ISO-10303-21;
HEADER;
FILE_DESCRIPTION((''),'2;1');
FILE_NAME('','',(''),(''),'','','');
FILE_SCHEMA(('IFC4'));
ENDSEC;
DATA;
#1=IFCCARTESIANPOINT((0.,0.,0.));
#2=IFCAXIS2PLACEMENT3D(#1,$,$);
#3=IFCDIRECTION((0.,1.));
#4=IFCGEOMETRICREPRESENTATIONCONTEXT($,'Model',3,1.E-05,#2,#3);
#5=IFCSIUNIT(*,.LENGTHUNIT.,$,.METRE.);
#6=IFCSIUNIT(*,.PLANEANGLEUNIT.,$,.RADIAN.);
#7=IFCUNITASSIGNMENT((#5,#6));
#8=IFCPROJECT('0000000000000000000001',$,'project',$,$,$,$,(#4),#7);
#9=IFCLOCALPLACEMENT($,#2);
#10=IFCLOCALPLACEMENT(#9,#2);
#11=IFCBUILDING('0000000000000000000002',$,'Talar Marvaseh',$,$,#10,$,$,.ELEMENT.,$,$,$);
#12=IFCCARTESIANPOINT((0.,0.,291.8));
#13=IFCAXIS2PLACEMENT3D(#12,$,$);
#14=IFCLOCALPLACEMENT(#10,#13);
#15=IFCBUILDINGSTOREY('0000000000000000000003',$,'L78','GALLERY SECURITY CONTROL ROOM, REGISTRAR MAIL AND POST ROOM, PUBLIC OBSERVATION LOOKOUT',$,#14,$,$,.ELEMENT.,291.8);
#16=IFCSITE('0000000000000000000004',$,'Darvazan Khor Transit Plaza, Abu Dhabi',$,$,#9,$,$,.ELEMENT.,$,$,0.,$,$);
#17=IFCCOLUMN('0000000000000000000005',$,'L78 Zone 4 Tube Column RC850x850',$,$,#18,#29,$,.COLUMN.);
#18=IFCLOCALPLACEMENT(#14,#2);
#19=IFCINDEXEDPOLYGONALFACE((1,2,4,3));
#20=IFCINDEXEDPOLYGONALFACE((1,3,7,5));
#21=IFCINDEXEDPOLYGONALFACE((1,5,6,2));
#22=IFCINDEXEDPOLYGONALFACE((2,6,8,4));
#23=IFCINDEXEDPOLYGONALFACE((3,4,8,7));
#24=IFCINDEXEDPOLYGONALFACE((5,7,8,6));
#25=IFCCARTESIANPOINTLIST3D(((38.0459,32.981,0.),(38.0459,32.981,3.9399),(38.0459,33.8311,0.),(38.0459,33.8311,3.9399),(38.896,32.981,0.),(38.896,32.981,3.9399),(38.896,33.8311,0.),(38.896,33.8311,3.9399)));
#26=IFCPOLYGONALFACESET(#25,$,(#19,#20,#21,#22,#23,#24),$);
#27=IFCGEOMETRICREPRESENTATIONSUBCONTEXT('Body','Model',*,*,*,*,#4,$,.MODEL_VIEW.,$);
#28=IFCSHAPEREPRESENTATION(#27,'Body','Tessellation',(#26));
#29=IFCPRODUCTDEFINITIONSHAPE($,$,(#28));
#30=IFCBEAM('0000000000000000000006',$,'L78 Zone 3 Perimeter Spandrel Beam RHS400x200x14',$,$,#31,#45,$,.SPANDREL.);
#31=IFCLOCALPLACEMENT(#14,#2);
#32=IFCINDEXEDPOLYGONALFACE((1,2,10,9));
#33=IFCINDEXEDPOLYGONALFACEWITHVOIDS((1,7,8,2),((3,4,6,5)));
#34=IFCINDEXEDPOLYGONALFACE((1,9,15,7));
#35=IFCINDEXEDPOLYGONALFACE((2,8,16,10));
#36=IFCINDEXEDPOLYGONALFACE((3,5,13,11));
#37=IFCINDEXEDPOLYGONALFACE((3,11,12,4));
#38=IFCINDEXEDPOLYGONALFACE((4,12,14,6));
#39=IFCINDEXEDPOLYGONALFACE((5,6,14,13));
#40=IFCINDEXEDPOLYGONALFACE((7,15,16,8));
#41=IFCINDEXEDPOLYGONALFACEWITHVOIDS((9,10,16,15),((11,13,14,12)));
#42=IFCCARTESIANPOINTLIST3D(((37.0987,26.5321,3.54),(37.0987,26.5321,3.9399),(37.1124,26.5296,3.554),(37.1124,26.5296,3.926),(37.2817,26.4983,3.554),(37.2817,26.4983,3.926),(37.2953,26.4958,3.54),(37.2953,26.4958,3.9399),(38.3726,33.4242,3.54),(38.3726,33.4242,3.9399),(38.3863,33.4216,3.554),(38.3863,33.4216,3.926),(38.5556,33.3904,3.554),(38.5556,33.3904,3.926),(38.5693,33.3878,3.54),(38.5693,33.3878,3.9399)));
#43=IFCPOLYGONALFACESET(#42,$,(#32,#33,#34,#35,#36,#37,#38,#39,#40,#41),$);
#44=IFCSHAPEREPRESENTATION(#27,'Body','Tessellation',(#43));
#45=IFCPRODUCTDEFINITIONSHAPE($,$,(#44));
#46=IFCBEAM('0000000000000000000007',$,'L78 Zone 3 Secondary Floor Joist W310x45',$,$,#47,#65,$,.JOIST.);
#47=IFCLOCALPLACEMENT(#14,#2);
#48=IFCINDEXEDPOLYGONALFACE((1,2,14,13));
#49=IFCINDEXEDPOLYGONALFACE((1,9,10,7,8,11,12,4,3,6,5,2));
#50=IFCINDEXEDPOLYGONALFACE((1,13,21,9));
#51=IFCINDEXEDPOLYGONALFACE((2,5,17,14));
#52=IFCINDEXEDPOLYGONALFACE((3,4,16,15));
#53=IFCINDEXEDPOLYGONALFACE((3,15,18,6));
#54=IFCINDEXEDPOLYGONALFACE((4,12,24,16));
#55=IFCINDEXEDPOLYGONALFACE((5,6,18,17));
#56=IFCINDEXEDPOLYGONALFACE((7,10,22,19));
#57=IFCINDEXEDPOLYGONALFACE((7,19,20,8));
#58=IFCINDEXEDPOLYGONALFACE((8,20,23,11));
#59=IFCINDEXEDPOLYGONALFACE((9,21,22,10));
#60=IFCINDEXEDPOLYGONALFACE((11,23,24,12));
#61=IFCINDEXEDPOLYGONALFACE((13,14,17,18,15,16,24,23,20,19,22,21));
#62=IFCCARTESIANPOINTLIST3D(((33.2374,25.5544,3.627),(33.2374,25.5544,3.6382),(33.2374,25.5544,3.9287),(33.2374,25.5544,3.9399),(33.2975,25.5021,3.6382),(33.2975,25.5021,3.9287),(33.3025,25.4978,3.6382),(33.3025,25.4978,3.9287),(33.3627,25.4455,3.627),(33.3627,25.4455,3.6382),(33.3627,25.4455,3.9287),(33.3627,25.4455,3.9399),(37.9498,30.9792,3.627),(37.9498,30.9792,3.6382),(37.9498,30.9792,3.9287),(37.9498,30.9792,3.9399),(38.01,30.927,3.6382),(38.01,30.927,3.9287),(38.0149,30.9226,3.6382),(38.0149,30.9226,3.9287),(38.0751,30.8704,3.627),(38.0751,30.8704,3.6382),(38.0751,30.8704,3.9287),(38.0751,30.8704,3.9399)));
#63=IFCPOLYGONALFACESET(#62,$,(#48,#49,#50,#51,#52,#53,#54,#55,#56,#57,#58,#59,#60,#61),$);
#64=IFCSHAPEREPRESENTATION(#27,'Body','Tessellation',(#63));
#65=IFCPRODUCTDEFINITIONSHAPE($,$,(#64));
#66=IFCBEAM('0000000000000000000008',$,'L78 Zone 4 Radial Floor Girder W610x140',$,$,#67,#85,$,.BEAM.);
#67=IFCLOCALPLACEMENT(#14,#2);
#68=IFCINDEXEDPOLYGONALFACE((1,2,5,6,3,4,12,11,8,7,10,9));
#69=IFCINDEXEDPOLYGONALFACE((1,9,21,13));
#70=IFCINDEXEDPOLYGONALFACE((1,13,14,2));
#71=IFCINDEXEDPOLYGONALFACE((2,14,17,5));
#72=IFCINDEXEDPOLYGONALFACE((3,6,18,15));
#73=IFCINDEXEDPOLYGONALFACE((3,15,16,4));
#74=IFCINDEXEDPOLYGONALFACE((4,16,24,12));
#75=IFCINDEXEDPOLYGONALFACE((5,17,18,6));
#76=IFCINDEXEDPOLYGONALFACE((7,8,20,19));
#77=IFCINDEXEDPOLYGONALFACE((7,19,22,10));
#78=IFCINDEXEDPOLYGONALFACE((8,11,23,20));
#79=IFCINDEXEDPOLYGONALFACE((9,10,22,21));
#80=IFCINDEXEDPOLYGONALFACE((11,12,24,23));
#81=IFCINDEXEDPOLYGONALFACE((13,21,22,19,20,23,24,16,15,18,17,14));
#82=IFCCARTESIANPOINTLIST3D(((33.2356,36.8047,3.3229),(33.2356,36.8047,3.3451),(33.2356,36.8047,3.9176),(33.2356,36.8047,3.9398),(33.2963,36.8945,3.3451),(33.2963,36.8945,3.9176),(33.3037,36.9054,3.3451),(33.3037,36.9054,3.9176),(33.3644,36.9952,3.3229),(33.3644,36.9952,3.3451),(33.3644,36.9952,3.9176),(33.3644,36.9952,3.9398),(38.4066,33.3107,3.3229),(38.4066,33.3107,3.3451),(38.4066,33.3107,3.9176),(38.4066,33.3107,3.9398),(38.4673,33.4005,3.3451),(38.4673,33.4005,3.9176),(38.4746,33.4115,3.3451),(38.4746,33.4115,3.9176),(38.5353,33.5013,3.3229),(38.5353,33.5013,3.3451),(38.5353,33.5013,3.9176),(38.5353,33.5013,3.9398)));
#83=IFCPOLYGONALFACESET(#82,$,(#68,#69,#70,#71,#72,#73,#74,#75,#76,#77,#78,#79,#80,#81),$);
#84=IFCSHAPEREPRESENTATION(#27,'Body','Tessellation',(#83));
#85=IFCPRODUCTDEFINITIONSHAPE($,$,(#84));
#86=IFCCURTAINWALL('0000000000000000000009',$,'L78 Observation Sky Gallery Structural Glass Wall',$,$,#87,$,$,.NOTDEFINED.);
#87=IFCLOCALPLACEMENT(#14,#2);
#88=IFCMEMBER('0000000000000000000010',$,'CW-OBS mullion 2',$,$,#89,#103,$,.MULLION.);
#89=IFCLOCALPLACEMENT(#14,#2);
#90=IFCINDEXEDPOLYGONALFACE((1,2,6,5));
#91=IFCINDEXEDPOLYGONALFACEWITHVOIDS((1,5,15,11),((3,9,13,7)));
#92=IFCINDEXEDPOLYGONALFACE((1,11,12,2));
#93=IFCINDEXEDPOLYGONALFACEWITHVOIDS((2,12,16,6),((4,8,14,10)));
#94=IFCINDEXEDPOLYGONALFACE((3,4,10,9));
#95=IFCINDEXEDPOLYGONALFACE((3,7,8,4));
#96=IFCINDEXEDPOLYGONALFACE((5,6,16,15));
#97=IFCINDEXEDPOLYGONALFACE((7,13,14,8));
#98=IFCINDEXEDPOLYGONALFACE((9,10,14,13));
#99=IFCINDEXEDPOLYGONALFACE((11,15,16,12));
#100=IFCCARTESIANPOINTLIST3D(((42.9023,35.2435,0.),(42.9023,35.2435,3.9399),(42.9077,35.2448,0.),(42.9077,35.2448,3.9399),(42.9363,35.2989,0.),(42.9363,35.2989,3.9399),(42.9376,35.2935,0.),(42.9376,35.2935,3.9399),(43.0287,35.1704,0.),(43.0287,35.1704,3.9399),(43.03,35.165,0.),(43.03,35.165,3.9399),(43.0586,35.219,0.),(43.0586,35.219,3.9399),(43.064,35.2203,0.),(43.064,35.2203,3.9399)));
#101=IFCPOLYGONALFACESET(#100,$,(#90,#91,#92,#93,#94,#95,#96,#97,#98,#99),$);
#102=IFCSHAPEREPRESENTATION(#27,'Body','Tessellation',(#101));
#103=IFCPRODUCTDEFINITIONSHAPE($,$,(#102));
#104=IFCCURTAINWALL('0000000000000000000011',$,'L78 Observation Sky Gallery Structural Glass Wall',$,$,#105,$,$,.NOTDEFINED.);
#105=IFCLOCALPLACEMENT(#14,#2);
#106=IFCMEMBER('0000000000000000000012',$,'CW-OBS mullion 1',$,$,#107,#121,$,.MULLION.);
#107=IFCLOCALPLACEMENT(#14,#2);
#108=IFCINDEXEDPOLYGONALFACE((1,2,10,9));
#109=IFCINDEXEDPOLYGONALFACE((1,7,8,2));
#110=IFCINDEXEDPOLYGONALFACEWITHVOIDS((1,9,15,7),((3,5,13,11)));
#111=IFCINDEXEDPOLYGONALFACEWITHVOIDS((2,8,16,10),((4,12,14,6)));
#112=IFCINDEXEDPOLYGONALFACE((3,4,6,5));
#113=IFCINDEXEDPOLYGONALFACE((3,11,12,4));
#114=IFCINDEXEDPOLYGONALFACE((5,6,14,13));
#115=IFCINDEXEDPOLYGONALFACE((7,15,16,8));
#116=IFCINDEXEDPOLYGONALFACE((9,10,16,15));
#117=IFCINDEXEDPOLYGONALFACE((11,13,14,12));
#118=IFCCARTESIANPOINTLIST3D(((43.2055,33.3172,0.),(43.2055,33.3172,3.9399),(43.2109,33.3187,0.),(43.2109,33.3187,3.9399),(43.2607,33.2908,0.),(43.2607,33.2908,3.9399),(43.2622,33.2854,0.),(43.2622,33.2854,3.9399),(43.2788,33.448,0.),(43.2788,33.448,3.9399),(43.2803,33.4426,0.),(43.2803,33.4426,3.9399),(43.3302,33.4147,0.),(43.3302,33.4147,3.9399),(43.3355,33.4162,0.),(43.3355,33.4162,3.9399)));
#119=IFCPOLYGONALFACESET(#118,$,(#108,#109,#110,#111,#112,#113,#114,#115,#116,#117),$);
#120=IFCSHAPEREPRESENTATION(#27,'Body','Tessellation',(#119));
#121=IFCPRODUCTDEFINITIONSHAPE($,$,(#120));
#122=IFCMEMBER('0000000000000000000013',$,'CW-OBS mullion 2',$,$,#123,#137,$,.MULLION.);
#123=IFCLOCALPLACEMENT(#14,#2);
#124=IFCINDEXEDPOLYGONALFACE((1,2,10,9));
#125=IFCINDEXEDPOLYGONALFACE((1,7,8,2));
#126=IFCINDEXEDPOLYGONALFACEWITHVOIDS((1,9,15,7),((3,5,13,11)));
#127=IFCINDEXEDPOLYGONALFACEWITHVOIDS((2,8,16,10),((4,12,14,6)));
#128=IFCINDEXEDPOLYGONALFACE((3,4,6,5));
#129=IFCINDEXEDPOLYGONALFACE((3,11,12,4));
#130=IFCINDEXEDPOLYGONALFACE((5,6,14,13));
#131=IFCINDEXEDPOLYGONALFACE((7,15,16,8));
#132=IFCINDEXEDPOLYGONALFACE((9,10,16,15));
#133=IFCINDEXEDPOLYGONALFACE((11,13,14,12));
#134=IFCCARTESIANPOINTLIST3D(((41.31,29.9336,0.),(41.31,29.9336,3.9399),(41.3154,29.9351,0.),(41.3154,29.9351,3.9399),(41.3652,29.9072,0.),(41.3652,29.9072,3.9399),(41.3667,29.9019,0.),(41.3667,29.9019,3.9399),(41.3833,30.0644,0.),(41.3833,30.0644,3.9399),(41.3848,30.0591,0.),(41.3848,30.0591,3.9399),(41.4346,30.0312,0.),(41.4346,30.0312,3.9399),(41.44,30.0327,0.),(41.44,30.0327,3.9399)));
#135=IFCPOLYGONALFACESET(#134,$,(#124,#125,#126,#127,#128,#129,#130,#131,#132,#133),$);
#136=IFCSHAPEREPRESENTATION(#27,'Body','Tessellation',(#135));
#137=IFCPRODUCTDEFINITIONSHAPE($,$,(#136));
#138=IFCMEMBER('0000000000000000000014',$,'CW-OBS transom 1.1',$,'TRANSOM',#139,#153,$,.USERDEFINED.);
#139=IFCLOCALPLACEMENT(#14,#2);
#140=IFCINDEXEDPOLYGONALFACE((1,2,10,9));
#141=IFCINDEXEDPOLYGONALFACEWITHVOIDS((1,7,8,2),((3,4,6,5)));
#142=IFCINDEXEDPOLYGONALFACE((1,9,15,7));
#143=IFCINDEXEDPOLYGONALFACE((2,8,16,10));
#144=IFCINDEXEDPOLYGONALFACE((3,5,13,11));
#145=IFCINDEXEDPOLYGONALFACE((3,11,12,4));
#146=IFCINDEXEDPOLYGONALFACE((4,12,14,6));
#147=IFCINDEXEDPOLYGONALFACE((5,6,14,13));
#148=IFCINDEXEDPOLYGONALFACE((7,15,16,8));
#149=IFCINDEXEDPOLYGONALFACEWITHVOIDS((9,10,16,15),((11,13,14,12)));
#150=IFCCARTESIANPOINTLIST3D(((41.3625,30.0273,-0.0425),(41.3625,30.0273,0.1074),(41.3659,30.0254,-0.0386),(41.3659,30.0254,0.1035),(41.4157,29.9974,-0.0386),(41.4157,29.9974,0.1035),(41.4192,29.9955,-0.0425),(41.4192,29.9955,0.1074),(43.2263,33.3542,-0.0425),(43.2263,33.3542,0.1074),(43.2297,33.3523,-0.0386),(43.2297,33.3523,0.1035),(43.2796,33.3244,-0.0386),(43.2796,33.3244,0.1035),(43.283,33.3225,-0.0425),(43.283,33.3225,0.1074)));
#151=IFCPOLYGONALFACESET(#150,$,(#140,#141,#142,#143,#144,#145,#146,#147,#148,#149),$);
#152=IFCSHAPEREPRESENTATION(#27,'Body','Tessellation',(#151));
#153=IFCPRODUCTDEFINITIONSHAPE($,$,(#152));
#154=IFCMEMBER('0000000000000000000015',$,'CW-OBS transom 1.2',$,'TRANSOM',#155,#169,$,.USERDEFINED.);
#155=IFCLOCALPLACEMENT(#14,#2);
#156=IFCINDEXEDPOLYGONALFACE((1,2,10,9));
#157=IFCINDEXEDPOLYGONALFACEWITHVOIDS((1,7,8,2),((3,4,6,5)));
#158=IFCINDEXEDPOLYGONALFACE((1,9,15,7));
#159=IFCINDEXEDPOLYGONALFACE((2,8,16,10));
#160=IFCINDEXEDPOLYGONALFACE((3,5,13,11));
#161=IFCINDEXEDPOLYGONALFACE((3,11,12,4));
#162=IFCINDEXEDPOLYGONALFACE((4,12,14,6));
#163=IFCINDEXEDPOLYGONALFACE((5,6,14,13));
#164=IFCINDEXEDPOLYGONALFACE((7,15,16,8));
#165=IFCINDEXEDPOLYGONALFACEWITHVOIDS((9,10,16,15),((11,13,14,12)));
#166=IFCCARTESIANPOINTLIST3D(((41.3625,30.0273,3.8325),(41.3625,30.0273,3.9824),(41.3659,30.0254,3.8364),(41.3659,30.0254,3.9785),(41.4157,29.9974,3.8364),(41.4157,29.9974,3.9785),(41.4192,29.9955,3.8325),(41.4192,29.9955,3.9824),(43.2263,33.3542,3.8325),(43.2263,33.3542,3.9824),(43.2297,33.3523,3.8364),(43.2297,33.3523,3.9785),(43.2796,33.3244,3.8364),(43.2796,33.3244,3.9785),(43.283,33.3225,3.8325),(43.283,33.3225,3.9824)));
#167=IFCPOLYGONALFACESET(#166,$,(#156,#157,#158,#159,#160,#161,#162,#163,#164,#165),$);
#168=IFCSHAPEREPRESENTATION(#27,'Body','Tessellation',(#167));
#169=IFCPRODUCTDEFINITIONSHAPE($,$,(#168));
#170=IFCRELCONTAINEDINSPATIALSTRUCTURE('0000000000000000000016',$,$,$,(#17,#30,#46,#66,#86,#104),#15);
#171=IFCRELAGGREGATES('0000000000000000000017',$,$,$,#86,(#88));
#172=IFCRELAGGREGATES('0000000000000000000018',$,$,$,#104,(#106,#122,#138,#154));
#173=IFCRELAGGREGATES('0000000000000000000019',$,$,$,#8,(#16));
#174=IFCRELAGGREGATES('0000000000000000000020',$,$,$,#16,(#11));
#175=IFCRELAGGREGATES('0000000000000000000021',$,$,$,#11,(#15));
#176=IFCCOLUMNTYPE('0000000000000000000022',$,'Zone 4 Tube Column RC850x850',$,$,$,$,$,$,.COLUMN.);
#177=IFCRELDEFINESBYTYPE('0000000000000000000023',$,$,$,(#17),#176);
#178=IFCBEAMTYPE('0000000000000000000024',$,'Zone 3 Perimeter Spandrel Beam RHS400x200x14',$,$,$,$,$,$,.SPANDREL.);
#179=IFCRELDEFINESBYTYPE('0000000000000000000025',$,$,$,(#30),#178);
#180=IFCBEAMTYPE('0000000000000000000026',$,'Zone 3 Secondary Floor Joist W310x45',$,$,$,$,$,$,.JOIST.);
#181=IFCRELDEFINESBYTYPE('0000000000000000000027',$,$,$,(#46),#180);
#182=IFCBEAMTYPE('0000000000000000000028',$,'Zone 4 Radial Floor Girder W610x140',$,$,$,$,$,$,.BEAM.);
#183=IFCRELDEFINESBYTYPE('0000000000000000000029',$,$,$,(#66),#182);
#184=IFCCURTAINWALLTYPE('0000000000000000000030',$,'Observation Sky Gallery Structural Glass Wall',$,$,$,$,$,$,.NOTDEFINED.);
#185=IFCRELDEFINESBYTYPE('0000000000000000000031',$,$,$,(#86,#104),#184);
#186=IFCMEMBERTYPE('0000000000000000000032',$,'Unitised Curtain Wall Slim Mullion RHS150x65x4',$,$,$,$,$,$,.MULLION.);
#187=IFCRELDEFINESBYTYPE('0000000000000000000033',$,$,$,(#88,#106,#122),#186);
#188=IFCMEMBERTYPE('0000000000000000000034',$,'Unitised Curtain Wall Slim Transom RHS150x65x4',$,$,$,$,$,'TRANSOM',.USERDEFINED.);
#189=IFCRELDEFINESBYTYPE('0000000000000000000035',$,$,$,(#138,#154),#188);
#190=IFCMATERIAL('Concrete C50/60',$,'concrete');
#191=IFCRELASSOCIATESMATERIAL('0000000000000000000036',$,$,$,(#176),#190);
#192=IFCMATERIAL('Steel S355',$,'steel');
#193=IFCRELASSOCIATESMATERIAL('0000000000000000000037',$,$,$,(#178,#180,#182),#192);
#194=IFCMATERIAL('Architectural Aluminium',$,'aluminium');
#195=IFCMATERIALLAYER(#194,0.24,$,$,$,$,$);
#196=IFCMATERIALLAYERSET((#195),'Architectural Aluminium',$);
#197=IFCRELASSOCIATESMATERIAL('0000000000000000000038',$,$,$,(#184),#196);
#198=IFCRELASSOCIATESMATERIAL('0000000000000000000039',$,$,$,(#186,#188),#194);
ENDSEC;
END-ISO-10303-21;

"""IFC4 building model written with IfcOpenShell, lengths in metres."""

from ifc_helpers import new_model, si_unit, direction, frame, origin, origin_2d, place, context, subcontext, project, spatial, rectangle, hollow_rectangle, i_section, extrude, source, transform, mapped, material, layer, layer_set, material_profile, profile_set, type_object, type_shapes, element, aggregate, save


model = new_model("IFC4")

# Units and contexts
model_context = context("Model", 3, precision=1e-05, world=origin(), true_north=direction((0.0, 1.0)))
body_context = subcontext(model_context, "Body", "Model", "MODEL_VIEW")
ifc_project = project(units=[si_unit("LENGTHUNIT", "METRE"), si_unit("PLANEANGLEUNIT", "RADIAN")], contexts=[model_context])

# Site, building, storey
site_placement = place(None, origin())
site = spatial("IfcSite", under=ifc_project, at=site_placement, Name="Darvazan Khor Transit Plaza, Abu Dhabi", CompositionType="ELEMENT", RefElevation=0.0)
building_placement = place(site_placement, origin())
building = spatial("IfcBuilding", under=site, at=building_placement, Name="Talar Marvaseh", CompositionType="ELEMENT")
storey_placement = place(building_placement, frame((0.0, 0.0, 291.8)))
storey = spatial("IfcBuildingStorey", under=building, at=storey_placement, Name="L78", Description="GALLERY SECURITY CONTROL ROOM, REGISTRAR MAIL AND POST ROOM, PUBLIC OBSERVATION LOOKOUT", CompositionType="ELEMENT", Elevation=291.8)

# Column
ifc_material_1 = material(Name="Concrete C50/60", Category="concrete")
ifc_material_profile_1 = material_profile(ifc_material_1, rectangle(XDim=0.8501, YDim=0.8501, at=origin_2d()), Name="RC850x850")
ifc_profile_set_1 = profile_set([ifc_material_profile_1], Name="Concrete C50/60")
column_type = type_object("IfcColumnType", Name="Zone 4 Tube Column RC850x850", PredefinedType="COLUMN", material=ifc_profile_set_1)
column_placement = place(storey_placement, frame((38.4709, 33.406, 0.0), z_axis=(0.0, 0.0, 1.0), x_axis=(1.0, 0.0, 0.0)))
element("IfcColumn", 1, at=column_placement, inside=storey, type_object=column_type, Name="L78 Zone 4 Tube Column RC850x850", PredefinedType="COLUMN", context=body_context, shape_type="SweptSolid", body=[
    extrude(rectangle(XDim=0.8501, YDim=0.8501, at=origin_2d()), origin(), (0.0, 0.0, 1.0), 3.9399),
])

# Beams
ifc_material_2 = material(Name="Steel S355", Category="steel")
ifc_material_profile_2 = material_profile(ifc_material_2, hollow_rectangle(XDim=0.2, YDim=0.3999, WallThickness=0.0139, at=origin_2d()), Name="RHS400x200x14")
ifc_profile_set_2 = profile_set([ifc_material_profile_2], Name="Steel S355")
beam_type_1 = type_object("IfcBeamType", Name="Zone 3 Perimeter Spandrel Beam RHS400x200x14", PredefinedType="SPANDREL", material=ifc_profile_set_2)
beam_1_placement = place(storey_placement, frame((38.4709, 33.406, 3.74), z_axis=(-0.18176, -0.983343, 0.0), x_axis=(0.983343, -0.18176, 0.0)))
element("IfcBeam", 2, at=beam_1_placement, inside=storey, type_object=beam_type_1, Name="L78 Zone 3 Perimeter Spandrel Beam RHS400x200x14", PredefinedType="SPANDREL", context=body_context, shape_type="SweptSolid", body=[
    extrude(hollow_rectangle(XDim=0.2, YDim=0.3999, WallThickness=0.0139, at=origin_2d()), origin(), (0.0, 0.0, 1.0), 7.0088),
])
ifc_material_profile_3 = material_profile(ifc_material_2, i_section(OverallWidth=0.166, OverallDepth=0.313, WebThickness=0.0066, FlangeThickness=0.0112, at=origin_2d()), Name="W310x45")
ifc_profile_set_3 = profile_set([ifc_material_profile_3], Name="Steel S355")
beam_type_2 = type_object("IfcBeamType", Name="Zone 3 Secondary Floor Joist W310x45", PredefinedType="JOIST", material=ifc_profile_set_3)
beam_2_placement = place(storey_placement, frame((38.0125, 30.9248, 3.7834), z_axis=(-0.655797, -0.754938, 0.0), x_axis=(0.754938, -0.655797, 0.0)))
element("IfcBeam", 3, at=beam_2_placement, inside=storey, type_object=beam_type_2, Name="L78 Zone 3 Secondary Floor Joist W310x45", PredefinedType="JOIST", context=body_context, shape_type="SweptSolid", body=[
    extrude(i_section(OverallWidth=0.166, OverallDepth=0.313, WebThickness=0.0066, FlangeThickness=0.0112, at=origin_2d()), origin(), (0.0, 0.0, 1.0), 7.1858),
])
ifc_material_profile_4 = material_profile(ifc_material_2, i_section(OverallWidth=0.23, OverallDepth=0.6169, WebThickness=0.0132, FlangeThickness=0.0222, at=origin_2d()), Name="W610x140")
ifc_profile_set_4 = profile_set([ifc_material_profile_4], Name="Steel S355")
beam_type_3 = type_object("IfcBeamType", Name="Zone 4 Radial Floor Girder W610x140", PredefinedType="BEAM", material=ifc_profile_set_4)
beam_3_placement = place(storey_placement, frame((38.4709, 33.406, 3.6313), z_axis=(-0.828586, 0.559862, 0.0), x_axis=(-0.559862, -0.828586, 0.0)))
element("IfcBeam", 4, at=beam_3_placement, inside=storey, type_object=beam_type_3, Name="L78 Zone 4 Radial Floor Girder W610x140", PredefinedType="BEAM", context=body_context, shape_type="SweptSolid", body=[
    extrude(i_section(OverallWidth=0.23, OverallDepth=0.6169, WebThickness=0.0132, FlangeThickness=0.0222, at=origin_2d()), origin(), (0.0, 0.0, 1.0), 6.2407),
])

# Curtain wall, member
ifc_material_3 = material(Name="Architectural Aluminium", Category="aluminium")
ifc_layer_1 = layer(ifc_material_3, 0.24)
ifc_layer_set_1 = layer_set([ifc_layer_1], Name="Architectural Aluminium")
curtain_wall_type = type_object("IfcCurtainWallType", Name="Observation Sky Gallery Structural Glass Wall", PredefinedType="NOTDEFINED", material=ifc_layer_set_1)
curtain_wall_1_placement = place(storey_placement, origin())
curtain_wall_1 = element("IfcCurtainWall", 5, at=curtain_wall_1_placement, inside=storey, type_object=curtain_wall_type, Name="L78 Observation Sky Gallery Structural Glass Wall", PredefinedType="NOTDEFINED")
ifc_material_profile_5 = material_profile(ifc_material_3, hollow_rectangle(XDim=0.0649, YDim=0.1499, WallThickness=0.0039, at=origin_2d()), Name="RHS150x65x4")
ifc_profile_set_5 = profile_set([ifc_material_profile_5], Name="Architectural Aluminium")
member_type_1 = type_object("IfcMemberType", Name="Unitised Curtain Wall Slim Mullion RHS150x65x4", PredefinedType="MULLION", material=ifc_profile_set_5)
shared_shape_1 = source(origin(), body_context, "Body", "SweptSolid", [
    extrude(hollow_rectangle(XDim=0.0649, YDim=0.1499, WallThickness=0.0039, at=origin_2d()), origin(), (0.0, 0.0, 1.0), 3.9399),
])
type_shapes(member_type_1, [shared_shape_1])
member_1_placement = place(storey_placement, frame((42.9832, 35.2319, 0.0), z_axis=(0.0, 0.0, 1.0), x_axis=(0.523923, 0.851766, 0.0)))
member_1 = element("IfcMember", 6, at=member_1_placement, type_object=member_type_1, Name="CW-OBS mullion 2", PredefinedType="MULLION", context=body_context, shape_type="MappedRepresentation", body=[
    mapped(shared_shape_1, transform((0.0, 0.0, 0.0), x_axis=(1.0, 0.0, 0.0), y_axis=(0.0, 1.0, 0.0), z_axis=(0.0, 0.0, 1.0), scale=1.0)),
])

# Curtain wall, members
curtain_wall_2_placement = place(storey_placement, origin())
curtain_wall_2 = element("IfcCurtainWall", 7, at=curtain_wall_2_placement, inside=storey, type_object=curtain_wall_type, Name="L78 Observation Sky Gallery Structural Glass Wall", PredefinedType="NOTDEFINED")
member_2_placement = place(storey_placement, frame((43.2705, 33.3667, 0.0), z_axis=(0.0, 0.0, 1.0), x_axis=(0.872427, -0.488745, 0.0)))
member_2 = element("IfcMember", 8, at=member_2_placement, type_object=member_type_1, Name="CW-OBS mullion 1", PredefinedType="MULLION", context=body_context, shape_type="MappedRepresentation", body=[
    mapped(shared_shape_1, transform((0.0, 0.0, 0.0), x_axis=(1.0, 0.0, 0.0), y_axis=(0.0, 1.0, 0.0), z_axis=(0.0, 0.0, 1.0), scale=1.0)),
])
member_3_placement = place(storey_placement, frame((41.375, 29.9832, 0.0), z_axis=(0.0, 0.0, 1.0), x_axis=(0.872427, -0.488745, 0.0)))
member_3 = element("IfcMember", 9, at=member_3_placement, type_object=member_type_1, Name="CW-OBS mullion 2", PredefinedType="MULLION", context=body_context, shape_type="MappedRepresentation", body=[
    mapped(shared_shape_1, transform((0.0, 0.0, 0.0), x_axis=(1.0, 0.0, 0.0), y_axis=(0.0, 1.0, 0.0), z_axis=(0.0, 0.0, 1.0), scale=1.0)),
])
ifc_material_profile_6 = material_profile(ifc_material_3, hollow_rectangle(XDim=0.0649, YDim=0.1499, WallThickness=0.0039, at=origin_2d()), Name="RHS150x65x4")
ifc_profile_set_6 = profile_set([ifc_material_profile_6], Name="Architectural Aluminium")
member_type_2 = type_object("IfcMemberType", Name="Unitised Curtain Wall Slim Transom RHS150x65x4", ElementType="TRANSOM", PredefinedType="USERDEFINED", material=ifc_profile_set_6)
shared_shape_2 = source(origin(), body_context, "Body", "SweptSolid", [
    extrude(hollow_rectangle(XDim=0.0649, YDim=0.1499, WallThickness=0.0039, at=origin_2d()), origin(), (0.0, 0.0, 1.0), 3.8135),
])
type_shapes(member_type_2, [shared_shape_2])
member_4_placement = place(storey_placement, frame((43.2546, 33.3384, 0.0325), z_axis=(-0.488744, -0.872427, 0.0), x_axis=(0.872427, -0.488744, 0.0)))
member_4 = element("IfcMember", 10, at=member_4_placement, type_object=member_type_2, Name="CW-OBS transom 1.1", ObjectType="TRANSOM", PredefinedType="USERDEFINED", context=body_context, shape_type="MappedRepresentation", body=[
    mapped(shared_shape_2, transform((0.0, 0.0, 0.0), x_axis=(1.0, 0.0, 0.0), y_axis=(0.0, 1.0, 0.0), z_axis=(0.0, 0.0, 1.0), scale=1.0)),
])
member_5_placement = place(storey_placement, frame((43.2546, 33.3384, 3.9075), z_axis=(-0.488744, -0.872427, 0.0), x_axis=(0.872427, -0.488744, 0.0)))
member_5 = element("IfcMember", 11, at=member_5_placement, type_object=member_type_2, Name="CW-OBS transom 1.2", ObjectType="TRANSOM", PredefinedType="USERDEFINED", context=body_context, shape_type="MappedRepresentation", body=[
    mapped(shared_shape_2, transform((0.0, 0.0, 0.0), x_axis=(1.0, 0.0, 0.0), y_axis=(0.0, 1.0, 0.0), z_axis=(0.0, 0.0, 1.0), scale=1.0)),
])

aggregate(curtain_wall_1, [member_1])
aggregate(curtain_wall_2, [member_2, member_3, member_4, member_5])

save(model, "model.ifc")
